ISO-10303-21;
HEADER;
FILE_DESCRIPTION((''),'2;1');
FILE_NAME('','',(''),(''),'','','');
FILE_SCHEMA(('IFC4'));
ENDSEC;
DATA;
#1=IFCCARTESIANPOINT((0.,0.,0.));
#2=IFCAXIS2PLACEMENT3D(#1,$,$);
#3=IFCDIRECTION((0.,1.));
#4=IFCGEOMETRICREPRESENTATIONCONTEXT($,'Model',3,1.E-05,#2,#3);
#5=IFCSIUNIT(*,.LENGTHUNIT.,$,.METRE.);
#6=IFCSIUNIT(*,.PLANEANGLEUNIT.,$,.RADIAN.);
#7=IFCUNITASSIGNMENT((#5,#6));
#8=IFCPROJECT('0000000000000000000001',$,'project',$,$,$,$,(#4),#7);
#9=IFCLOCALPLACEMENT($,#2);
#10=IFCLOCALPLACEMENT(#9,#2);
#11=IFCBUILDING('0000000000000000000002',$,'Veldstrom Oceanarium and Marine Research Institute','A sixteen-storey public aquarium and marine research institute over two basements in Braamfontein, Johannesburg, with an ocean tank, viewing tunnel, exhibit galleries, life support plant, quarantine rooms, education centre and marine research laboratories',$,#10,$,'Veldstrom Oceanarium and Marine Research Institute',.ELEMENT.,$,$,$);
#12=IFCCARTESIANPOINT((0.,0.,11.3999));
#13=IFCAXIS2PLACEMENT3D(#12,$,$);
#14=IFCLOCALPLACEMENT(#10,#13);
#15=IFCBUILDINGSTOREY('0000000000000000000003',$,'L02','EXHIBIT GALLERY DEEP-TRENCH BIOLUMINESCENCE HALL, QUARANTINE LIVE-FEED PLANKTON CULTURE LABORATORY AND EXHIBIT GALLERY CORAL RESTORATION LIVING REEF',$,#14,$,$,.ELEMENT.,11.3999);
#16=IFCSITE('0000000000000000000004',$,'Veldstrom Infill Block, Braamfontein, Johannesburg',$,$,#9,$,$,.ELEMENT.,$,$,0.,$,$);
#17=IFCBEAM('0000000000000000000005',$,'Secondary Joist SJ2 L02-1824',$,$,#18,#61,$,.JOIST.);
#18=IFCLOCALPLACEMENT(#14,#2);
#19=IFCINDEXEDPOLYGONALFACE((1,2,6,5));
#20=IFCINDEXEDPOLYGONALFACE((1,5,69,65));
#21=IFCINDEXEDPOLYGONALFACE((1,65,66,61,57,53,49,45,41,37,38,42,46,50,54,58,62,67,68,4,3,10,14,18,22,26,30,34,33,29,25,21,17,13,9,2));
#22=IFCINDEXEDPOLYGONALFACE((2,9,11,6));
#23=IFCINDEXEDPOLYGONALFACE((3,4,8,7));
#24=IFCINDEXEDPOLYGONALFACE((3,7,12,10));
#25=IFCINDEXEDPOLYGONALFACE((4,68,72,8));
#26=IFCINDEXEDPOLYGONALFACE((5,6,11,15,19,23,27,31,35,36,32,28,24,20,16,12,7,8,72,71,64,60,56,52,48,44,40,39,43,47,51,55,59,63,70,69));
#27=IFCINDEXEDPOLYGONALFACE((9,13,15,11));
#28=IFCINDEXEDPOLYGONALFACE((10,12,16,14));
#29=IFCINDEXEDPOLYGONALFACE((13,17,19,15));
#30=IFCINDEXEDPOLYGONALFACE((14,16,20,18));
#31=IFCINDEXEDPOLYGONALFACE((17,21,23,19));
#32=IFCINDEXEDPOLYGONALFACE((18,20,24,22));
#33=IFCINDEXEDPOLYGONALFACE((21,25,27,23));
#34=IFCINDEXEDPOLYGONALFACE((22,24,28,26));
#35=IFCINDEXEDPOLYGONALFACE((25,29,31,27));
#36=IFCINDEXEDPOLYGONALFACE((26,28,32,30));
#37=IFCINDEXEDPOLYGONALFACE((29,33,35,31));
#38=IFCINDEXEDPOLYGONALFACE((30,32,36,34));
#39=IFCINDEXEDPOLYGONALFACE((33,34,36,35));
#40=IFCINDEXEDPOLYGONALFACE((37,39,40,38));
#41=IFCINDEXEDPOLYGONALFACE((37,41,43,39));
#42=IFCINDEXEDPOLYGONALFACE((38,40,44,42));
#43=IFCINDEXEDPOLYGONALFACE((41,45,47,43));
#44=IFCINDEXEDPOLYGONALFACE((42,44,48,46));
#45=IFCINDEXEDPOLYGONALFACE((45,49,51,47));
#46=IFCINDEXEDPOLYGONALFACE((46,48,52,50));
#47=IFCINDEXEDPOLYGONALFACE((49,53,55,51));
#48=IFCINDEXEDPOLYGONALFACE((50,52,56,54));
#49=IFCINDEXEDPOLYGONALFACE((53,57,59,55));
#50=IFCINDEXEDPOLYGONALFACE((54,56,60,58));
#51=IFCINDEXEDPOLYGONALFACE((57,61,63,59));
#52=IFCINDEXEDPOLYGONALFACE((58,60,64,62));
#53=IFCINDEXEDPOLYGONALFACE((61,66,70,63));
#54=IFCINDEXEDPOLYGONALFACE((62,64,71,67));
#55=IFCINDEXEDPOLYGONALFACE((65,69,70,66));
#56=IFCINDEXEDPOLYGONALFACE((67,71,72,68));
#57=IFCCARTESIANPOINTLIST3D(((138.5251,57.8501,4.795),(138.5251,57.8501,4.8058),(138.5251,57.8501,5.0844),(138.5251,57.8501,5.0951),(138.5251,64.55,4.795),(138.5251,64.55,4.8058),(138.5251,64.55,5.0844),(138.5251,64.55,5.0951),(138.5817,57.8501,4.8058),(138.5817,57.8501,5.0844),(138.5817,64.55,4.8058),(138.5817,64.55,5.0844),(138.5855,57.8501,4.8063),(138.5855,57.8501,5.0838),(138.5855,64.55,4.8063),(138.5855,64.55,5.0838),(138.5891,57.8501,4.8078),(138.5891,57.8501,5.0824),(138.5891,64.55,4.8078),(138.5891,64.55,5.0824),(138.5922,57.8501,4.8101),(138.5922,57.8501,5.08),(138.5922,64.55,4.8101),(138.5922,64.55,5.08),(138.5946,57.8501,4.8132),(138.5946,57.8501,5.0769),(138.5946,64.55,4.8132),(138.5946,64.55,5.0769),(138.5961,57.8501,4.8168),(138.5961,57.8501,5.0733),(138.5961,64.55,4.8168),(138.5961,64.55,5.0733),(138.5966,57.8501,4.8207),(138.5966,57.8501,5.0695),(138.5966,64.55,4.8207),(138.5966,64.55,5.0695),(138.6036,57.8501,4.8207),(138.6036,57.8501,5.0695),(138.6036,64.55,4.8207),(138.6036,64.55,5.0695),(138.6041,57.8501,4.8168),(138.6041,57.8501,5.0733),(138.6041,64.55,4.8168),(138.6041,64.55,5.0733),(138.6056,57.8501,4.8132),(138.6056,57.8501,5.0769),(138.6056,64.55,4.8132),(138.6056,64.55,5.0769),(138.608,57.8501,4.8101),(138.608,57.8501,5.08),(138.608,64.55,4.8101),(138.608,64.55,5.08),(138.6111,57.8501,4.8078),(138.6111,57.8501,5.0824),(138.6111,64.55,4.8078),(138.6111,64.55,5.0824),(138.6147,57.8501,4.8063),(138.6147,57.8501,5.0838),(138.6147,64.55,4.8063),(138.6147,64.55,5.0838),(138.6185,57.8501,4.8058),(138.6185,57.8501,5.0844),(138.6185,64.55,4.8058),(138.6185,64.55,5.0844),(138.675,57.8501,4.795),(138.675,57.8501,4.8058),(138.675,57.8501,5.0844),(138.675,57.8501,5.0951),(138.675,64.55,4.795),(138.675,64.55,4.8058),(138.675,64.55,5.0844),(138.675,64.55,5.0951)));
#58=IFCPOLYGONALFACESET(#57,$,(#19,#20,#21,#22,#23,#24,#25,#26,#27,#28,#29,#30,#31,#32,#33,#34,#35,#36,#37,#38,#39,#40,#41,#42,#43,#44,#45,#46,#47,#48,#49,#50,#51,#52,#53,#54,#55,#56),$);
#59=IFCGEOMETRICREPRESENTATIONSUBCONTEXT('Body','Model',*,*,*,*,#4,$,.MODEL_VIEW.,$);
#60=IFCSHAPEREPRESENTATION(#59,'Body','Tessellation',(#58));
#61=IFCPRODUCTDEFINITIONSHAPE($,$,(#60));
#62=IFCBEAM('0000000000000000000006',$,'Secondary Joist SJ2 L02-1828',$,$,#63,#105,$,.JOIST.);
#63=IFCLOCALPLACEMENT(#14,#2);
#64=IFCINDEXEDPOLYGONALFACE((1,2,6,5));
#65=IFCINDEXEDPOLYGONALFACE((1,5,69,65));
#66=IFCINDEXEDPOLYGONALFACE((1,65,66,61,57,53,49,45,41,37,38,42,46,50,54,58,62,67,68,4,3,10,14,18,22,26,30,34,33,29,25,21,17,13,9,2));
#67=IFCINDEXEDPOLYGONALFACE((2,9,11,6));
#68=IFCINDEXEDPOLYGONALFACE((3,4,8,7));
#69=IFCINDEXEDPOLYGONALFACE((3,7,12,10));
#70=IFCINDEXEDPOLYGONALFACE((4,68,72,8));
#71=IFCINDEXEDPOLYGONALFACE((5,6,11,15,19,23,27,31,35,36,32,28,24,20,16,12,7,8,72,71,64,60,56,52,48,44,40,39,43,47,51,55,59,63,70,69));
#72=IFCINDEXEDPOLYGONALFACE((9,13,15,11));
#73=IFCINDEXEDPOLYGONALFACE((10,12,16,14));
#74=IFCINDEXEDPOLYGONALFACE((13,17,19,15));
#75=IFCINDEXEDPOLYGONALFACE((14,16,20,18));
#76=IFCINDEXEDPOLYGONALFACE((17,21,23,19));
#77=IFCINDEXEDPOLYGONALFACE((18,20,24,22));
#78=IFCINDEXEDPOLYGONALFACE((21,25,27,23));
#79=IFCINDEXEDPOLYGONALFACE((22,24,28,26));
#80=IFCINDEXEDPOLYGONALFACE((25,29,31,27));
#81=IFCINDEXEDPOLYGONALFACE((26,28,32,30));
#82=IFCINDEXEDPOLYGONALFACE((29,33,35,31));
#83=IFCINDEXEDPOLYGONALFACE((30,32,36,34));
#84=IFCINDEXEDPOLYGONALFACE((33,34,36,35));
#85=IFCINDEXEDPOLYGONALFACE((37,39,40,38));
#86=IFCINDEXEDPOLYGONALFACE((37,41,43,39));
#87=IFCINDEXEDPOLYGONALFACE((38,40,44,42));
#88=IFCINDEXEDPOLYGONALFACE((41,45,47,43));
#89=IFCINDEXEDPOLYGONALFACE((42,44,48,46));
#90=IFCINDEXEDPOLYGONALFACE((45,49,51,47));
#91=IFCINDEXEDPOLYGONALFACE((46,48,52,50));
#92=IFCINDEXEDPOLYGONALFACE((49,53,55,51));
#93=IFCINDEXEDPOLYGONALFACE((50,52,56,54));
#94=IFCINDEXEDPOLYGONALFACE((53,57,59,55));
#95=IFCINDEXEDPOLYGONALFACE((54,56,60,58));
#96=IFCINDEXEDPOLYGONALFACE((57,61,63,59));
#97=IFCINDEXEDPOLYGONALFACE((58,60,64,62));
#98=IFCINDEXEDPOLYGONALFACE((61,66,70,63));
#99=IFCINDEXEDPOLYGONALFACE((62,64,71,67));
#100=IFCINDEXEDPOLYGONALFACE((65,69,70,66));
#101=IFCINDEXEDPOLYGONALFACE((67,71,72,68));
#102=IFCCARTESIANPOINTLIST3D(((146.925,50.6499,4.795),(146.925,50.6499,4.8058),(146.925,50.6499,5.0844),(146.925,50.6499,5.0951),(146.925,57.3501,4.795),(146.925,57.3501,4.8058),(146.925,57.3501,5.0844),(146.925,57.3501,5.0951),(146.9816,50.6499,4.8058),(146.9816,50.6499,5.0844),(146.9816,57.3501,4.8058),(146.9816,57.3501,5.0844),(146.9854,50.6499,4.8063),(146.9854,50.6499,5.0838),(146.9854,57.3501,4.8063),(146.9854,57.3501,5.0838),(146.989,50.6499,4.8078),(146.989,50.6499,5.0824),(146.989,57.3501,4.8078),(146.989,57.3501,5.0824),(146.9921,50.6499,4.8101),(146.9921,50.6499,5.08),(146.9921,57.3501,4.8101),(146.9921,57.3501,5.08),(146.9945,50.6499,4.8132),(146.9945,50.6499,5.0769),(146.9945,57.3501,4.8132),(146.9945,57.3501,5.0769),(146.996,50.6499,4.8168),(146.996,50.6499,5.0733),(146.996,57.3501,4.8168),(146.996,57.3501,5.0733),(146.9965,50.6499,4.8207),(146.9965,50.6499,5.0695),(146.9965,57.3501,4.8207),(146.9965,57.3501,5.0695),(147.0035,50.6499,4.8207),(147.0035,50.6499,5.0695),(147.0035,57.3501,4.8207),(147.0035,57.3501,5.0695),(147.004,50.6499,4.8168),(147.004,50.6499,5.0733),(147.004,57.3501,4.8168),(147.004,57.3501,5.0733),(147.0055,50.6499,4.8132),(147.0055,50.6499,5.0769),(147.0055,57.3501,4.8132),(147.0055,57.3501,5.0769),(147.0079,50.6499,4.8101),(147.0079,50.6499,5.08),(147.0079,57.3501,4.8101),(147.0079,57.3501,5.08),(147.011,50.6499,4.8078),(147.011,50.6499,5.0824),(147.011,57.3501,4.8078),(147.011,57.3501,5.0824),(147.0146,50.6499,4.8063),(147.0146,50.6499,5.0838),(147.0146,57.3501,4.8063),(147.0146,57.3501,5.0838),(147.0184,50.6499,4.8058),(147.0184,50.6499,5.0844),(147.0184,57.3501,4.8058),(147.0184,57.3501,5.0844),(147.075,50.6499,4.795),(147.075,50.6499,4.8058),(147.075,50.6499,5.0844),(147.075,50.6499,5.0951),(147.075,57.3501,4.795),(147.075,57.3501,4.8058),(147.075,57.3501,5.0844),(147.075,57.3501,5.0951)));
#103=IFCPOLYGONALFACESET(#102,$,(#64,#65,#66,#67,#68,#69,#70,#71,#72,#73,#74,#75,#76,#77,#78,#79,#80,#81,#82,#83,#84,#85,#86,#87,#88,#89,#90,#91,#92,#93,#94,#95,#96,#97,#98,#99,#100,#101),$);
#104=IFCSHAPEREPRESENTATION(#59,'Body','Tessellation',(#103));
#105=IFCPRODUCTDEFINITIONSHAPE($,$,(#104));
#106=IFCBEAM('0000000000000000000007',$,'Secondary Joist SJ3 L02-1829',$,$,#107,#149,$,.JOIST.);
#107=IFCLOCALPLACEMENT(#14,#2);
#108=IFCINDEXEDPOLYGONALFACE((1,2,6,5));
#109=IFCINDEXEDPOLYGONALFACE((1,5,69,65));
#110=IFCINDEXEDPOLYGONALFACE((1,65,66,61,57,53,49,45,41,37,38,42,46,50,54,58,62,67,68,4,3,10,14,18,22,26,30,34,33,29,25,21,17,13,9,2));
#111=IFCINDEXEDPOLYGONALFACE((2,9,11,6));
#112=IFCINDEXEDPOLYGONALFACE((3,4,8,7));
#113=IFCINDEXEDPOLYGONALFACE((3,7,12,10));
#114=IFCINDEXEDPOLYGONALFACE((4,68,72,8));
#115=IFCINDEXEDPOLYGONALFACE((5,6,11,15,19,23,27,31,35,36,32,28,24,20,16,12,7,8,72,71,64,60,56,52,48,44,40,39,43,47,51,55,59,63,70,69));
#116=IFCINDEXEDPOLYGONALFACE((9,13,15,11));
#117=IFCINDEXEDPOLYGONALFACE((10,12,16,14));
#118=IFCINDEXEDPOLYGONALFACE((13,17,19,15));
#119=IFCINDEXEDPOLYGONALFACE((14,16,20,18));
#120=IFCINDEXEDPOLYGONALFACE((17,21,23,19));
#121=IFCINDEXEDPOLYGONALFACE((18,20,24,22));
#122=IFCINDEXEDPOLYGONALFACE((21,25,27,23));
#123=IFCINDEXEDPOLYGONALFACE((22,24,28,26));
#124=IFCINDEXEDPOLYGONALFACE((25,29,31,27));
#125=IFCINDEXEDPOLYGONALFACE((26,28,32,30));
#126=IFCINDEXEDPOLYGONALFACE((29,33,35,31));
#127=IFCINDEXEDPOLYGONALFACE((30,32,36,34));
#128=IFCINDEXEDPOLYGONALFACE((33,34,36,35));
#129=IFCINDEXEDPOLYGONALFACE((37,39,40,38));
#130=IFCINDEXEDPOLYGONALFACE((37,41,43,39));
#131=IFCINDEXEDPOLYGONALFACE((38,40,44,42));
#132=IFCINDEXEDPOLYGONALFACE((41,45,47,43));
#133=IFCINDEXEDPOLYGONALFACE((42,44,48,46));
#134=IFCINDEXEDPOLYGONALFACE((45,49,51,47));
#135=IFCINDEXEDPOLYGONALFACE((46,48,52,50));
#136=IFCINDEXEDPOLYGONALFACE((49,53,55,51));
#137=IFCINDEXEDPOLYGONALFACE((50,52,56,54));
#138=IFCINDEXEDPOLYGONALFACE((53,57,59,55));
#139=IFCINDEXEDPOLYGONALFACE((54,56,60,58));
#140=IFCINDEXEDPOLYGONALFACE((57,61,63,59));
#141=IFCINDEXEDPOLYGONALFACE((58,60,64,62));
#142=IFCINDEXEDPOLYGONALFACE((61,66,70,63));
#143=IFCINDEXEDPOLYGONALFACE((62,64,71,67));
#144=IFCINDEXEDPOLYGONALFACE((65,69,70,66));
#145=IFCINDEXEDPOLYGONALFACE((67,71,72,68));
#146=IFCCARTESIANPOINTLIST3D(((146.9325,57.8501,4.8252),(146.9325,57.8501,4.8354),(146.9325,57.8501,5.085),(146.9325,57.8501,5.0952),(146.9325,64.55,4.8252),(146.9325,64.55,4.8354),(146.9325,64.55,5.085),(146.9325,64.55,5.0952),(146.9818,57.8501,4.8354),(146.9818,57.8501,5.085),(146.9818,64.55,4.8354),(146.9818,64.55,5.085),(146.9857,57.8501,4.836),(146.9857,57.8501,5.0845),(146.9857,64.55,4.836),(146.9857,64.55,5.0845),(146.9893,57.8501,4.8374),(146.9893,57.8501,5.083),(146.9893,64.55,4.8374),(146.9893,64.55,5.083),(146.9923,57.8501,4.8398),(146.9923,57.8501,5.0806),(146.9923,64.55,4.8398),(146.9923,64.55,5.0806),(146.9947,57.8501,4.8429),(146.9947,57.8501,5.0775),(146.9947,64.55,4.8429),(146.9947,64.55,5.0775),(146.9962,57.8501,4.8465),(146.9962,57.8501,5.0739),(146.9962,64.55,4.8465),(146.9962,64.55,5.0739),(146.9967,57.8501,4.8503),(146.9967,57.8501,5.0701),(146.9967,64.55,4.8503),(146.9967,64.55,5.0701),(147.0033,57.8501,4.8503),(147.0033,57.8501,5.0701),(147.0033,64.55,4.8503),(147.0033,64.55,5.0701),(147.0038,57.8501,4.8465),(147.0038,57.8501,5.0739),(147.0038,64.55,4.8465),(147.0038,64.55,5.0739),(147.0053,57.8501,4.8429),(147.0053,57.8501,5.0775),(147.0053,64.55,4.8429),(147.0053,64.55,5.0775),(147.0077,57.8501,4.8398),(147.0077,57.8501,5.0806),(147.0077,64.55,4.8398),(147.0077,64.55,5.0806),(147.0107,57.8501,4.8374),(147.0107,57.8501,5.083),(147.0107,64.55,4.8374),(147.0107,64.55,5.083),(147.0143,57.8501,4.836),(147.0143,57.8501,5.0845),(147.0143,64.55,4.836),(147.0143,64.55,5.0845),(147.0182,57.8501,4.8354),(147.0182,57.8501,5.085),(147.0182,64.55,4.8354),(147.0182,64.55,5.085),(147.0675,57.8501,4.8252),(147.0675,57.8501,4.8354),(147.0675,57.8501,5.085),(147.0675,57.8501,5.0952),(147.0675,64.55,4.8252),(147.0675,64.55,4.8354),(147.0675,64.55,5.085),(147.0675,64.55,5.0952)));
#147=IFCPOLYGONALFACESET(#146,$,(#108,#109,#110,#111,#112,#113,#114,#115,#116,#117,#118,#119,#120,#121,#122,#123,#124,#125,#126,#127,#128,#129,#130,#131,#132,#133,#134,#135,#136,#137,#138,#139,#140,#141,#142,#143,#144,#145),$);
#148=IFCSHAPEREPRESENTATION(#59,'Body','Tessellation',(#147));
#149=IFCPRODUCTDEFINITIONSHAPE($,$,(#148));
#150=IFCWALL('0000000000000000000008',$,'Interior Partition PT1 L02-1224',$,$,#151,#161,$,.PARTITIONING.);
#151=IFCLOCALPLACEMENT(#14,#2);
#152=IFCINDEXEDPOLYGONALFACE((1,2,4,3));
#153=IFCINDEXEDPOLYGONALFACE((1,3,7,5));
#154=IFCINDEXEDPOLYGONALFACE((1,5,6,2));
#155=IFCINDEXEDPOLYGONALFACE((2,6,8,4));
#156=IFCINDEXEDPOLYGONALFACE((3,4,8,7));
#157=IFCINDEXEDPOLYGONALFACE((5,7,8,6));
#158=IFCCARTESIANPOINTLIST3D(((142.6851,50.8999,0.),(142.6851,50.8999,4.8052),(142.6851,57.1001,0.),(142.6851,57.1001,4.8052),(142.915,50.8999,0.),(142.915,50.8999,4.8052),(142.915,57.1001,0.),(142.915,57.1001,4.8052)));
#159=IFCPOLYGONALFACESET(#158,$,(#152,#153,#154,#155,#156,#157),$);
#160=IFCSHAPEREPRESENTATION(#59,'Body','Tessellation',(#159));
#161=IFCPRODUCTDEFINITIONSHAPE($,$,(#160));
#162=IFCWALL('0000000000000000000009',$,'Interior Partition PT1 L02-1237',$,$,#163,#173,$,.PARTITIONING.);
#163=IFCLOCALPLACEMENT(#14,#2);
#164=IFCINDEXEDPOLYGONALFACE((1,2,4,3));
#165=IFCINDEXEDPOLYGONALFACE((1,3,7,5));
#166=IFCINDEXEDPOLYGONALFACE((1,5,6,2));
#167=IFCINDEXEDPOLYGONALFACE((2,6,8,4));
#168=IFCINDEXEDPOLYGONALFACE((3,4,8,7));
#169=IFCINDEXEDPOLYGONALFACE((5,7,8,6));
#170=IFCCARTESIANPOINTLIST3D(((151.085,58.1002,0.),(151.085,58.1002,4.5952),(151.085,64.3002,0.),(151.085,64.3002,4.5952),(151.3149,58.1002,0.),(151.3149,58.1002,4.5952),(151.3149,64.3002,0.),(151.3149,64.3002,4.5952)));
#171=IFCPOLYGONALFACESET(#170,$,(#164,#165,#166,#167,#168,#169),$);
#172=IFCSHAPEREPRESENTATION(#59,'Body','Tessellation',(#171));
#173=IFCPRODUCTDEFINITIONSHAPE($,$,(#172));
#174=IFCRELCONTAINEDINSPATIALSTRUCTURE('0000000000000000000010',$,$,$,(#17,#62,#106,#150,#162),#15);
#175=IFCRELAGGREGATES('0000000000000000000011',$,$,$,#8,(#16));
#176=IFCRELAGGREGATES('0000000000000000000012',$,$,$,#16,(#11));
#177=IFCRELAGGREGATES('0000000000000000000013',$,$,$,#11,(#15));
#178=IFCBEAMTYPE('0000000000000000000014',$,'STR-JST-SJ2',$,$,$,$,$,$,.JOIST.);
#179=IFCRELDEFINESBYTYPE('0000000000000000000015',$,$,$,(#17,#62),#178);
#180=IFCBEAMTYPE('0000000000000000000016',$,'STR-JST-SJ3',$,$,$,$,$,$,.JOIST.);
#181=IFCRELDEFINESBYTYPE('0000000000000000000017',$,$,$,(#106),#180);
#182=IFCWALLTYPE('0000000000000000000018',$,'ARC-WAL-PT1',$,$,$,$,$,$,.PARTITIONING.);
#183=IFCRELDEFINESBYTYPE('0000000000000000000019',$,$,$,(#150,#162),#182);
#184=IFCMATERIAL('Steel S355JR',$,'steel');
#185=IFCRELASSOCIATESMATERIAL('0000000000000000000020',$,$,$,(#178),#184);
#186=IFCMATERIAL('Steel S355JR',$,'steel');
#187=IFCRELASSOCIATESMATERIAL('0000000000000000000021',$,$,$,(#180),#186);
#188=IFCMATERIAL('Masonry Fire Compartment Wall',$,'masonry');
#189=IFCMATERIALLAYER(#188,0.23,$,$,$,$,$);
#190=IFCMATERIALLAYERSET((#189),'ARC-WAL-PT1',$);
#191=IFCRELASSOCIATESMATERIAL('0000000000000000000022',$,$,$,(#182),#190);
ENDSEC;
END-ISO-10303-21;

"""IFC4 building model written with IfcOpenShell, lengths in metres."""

from ifc_helpers import new_model, si_unit, direction, frame, frame_2d, origin, origin_2d, place, context, subcontext, project, spatial, rectangle, i_section, extrude, material, layer, layer_set, material_profile, profile_set, type_object, element, save


model = new_model("IFC4")

# Units and contexts
model_context = context("Model", 3, precision=1e-05, world=origin(), true_north=direction((0.0, 1.0)))
body_context = subcontext(model_context, "Body", "Model", "MODEL_VIEW")
ifc_project = project(units=[si_unit("LENGTHUNIT", "METRE"), si_unit("PLANEANGLEUNIT", "RADIAN")], contexts=[model_context])

# Site, building, storey
site_placement = place(None, origin())
site = spatial("IfcSite", under=ifc_project, at=site_placement, Name="Veldstrom Infill Block, Braamfontein, Johannesburg", CompositionType="ELEMENT", RefElevation=0.0)
building_placement = place(site_placement, origin())
building = spatial("IfcBuilding", under=site, at=building_placement, Name="Veldstrom Oceanarium and Marine Research Institute", Description="A sixteen-storey public aquarium and marine research institute over two basements in Braamfontein, Johannesburg, with an ocean tank, viewing tunnel, exhibit galleries, life support plant, quarantine rooms, education centre and marine research laboratories", LongName="Veldstrom Oceanarium and Marine Research Institute", CompositionType="ELEMENT")
storey_placement = place(building_placement, frame((0.0, 0.0, 11.3999)))
storey = spatial("IfcBuildingStorey", under=building, at=storey_placement, Name="L02", Description="EXHIBIT GALLERY DEEP-TRENCH BIOLUMINESCENCE HALL, QUARANTINE LIVE-FEED PLANKTON CULTURE LABORATORY AND EXHIBIT GALLERY CORAL RESTORATION LIVING REEF", CompositionType="ELEMENT", Elevation=11.3999)

# Beams
ifc_material_1 = material(Name="Steel S355JR", Category="steel")
ifc_material_profile_1 = material_profile(ifc_material_1, i_section(OverallWidth=0.1499, OverallDepth=0.3, WebThickness=0.0071, FlangeThickness=0.0107, FilletRadius=0.0149, at=origin_2d()), Name="IPE 300")
ifc_profile_set_1 = profile_set([ifc_material_profile_1], Name="Steel S355JR")
beam_type_1 = type_object("IfcBeamType", Name="STR-JST-SJ2", PredefinedType="JOIST", material=ifc_profile_set_1)
beam_1_placement = place(storey_placement, frame((138.6001, 57.8501, 4.9451), z_axis=(0.0, 1.0, 0.0), x_axis=(-1.0, 0.0, 0.0)))
element("IfcBeam", 1, at=beam_1_placement, inside=storey, type_object=beam_type_1, Name="Secondary Joist SJ2 L02-1824", PredefinedType="JOIST", context=body_context, shape_type="SweptSolid", body=[
    extrude(i_section(OverallWidth=0.1499, OverallDepth=0.3, WebThickness=0.0071, FlangeThickness=0.0107, FilletRadius=0.0149, at=origin_2d()), origin(), (0.0, 0.0, 1.0), 6.7),
])
beam_2_placement = place(storey_placement, frame((147.0, 50.6499, 4.9451), z_axis=(0.0, 1.0, 0.0), x_axis=(-1.0, 0.0, 0.0)))
element("IfcBeam", 2, at=beam_2_placement, inside=storey, type_object=beam_type_1, Name="Secondary Joist SJ2 L02-1828", PredefinedType="JOIST", context=body_context, shape_type="SweptSolid", body=[
    extrude(i_section(OverallWidth=0.1499, OverallDepth=0.3, WebThickness=0.0071, FlangeThickness=0.0107, FilletRadius=0.0149, at=origin_2d()), origin(), (0.0, 0.0, 1.0), 6.7002),
])
ifc_material_2 = material(Name="Steel S355JR", Category="steel")
ifc_material_profile_2 = material_profile(ifc_material_2, i_section(OverallWidth=0.135, OverallDepth=0.27, WebThickness=0.0066, FlangeThickness=0.0103, FilletRadius=0.0149, at=origin_2d()), Name="IPE 270")
ifc_profile_set_2 = profile_set([ifc_material_profile_2], Name="Steel S355JR")
beam_type_2 = type_object("IfcBeamType", Name="STR-JST-SJ3", PredefinedType="JOIST", material=ifc_profile_set_2)
beam_3_placement = place(storey_placement, frame((147.0, 57.8501, 4.9602), z_axis=(0.0, 1.0, 0.0), x_axis=(-1.0, 0.0, 0.0)))
element("IfcBeam", 3, at=beam_3_placement, inside=storey, type_object=beam_type_2, Name="Secondary Joist SJ3 L02-1829", PredefinedType="JOIST", context=body_context, shape_type="SweptSolid", body=[
    extrude(i_section(OverallWidth=0.135, OverallDepth=0.27, WebThickness=0.0066, FlangeThickness=0.0103, FilletRadius=0.0149, at=origin_2d()), origin(), (0.0, 0.0, 1.0), 6.7),
])

# Walls
ifc_material_3 = material(Name="Masonry Fire Compartment Wall", Category="masonry")
ifc_layer_1 = layer(ifc_material_3, 0.23)
ifc_layer_set_1 = layer_set([ifc_layer_1], Name="ARC-WAL-PT1")
wall_type_1 = type_object("IfcWallType", Name="ARC-WAL-PT1", PredefinedType="PARTITIONING", material=ifc_layer_set_1)
wall_1_placement = place(storey_placement, frame((142.8, 50.8999, 0.0), z_axis=(0.0, 0.0, 1.0), x_axis=(0.0, 1.0, 0.0)))
element("IfcWall", 4, at=wall_1_placement, inside=storey, type_object=wall_type_1, Name="Interior Partition PT1 L02-1224", PredefinedType="PARTITIONING", context=body_context, shape_type="SweptSolid", body=[
    extrude(rectangle(XDim=6.2002, YDim=0.23, at=frame_2d((3.1001, 0.0))), origin(), (0.0, 0.0, 1.0), 4.8052),
])
wall_2_placement = place(storey_placement, frame((151.2, 58.1001, 0.0), z_axis=(0.0, 0.0, 1.0), x_axis=(0.0, 1.0, 0.0)))
element("IfcWall", 5, at=wall_2_placement, inside=storey, type_object=wall_type_1, Name="Interior Partition PT1 L02-1237", PredefinedType="PARTITIONING", context=body_context, shape_type="SweptSolid", body=[
    extrude(rectangle(XDim=6.2, YDim=0.23, at=frame_2d((3.1001, 0.0))), origin(), (0.0, 0.0, 1.0), 4.5952),
])

save(model, "model.ifc")
